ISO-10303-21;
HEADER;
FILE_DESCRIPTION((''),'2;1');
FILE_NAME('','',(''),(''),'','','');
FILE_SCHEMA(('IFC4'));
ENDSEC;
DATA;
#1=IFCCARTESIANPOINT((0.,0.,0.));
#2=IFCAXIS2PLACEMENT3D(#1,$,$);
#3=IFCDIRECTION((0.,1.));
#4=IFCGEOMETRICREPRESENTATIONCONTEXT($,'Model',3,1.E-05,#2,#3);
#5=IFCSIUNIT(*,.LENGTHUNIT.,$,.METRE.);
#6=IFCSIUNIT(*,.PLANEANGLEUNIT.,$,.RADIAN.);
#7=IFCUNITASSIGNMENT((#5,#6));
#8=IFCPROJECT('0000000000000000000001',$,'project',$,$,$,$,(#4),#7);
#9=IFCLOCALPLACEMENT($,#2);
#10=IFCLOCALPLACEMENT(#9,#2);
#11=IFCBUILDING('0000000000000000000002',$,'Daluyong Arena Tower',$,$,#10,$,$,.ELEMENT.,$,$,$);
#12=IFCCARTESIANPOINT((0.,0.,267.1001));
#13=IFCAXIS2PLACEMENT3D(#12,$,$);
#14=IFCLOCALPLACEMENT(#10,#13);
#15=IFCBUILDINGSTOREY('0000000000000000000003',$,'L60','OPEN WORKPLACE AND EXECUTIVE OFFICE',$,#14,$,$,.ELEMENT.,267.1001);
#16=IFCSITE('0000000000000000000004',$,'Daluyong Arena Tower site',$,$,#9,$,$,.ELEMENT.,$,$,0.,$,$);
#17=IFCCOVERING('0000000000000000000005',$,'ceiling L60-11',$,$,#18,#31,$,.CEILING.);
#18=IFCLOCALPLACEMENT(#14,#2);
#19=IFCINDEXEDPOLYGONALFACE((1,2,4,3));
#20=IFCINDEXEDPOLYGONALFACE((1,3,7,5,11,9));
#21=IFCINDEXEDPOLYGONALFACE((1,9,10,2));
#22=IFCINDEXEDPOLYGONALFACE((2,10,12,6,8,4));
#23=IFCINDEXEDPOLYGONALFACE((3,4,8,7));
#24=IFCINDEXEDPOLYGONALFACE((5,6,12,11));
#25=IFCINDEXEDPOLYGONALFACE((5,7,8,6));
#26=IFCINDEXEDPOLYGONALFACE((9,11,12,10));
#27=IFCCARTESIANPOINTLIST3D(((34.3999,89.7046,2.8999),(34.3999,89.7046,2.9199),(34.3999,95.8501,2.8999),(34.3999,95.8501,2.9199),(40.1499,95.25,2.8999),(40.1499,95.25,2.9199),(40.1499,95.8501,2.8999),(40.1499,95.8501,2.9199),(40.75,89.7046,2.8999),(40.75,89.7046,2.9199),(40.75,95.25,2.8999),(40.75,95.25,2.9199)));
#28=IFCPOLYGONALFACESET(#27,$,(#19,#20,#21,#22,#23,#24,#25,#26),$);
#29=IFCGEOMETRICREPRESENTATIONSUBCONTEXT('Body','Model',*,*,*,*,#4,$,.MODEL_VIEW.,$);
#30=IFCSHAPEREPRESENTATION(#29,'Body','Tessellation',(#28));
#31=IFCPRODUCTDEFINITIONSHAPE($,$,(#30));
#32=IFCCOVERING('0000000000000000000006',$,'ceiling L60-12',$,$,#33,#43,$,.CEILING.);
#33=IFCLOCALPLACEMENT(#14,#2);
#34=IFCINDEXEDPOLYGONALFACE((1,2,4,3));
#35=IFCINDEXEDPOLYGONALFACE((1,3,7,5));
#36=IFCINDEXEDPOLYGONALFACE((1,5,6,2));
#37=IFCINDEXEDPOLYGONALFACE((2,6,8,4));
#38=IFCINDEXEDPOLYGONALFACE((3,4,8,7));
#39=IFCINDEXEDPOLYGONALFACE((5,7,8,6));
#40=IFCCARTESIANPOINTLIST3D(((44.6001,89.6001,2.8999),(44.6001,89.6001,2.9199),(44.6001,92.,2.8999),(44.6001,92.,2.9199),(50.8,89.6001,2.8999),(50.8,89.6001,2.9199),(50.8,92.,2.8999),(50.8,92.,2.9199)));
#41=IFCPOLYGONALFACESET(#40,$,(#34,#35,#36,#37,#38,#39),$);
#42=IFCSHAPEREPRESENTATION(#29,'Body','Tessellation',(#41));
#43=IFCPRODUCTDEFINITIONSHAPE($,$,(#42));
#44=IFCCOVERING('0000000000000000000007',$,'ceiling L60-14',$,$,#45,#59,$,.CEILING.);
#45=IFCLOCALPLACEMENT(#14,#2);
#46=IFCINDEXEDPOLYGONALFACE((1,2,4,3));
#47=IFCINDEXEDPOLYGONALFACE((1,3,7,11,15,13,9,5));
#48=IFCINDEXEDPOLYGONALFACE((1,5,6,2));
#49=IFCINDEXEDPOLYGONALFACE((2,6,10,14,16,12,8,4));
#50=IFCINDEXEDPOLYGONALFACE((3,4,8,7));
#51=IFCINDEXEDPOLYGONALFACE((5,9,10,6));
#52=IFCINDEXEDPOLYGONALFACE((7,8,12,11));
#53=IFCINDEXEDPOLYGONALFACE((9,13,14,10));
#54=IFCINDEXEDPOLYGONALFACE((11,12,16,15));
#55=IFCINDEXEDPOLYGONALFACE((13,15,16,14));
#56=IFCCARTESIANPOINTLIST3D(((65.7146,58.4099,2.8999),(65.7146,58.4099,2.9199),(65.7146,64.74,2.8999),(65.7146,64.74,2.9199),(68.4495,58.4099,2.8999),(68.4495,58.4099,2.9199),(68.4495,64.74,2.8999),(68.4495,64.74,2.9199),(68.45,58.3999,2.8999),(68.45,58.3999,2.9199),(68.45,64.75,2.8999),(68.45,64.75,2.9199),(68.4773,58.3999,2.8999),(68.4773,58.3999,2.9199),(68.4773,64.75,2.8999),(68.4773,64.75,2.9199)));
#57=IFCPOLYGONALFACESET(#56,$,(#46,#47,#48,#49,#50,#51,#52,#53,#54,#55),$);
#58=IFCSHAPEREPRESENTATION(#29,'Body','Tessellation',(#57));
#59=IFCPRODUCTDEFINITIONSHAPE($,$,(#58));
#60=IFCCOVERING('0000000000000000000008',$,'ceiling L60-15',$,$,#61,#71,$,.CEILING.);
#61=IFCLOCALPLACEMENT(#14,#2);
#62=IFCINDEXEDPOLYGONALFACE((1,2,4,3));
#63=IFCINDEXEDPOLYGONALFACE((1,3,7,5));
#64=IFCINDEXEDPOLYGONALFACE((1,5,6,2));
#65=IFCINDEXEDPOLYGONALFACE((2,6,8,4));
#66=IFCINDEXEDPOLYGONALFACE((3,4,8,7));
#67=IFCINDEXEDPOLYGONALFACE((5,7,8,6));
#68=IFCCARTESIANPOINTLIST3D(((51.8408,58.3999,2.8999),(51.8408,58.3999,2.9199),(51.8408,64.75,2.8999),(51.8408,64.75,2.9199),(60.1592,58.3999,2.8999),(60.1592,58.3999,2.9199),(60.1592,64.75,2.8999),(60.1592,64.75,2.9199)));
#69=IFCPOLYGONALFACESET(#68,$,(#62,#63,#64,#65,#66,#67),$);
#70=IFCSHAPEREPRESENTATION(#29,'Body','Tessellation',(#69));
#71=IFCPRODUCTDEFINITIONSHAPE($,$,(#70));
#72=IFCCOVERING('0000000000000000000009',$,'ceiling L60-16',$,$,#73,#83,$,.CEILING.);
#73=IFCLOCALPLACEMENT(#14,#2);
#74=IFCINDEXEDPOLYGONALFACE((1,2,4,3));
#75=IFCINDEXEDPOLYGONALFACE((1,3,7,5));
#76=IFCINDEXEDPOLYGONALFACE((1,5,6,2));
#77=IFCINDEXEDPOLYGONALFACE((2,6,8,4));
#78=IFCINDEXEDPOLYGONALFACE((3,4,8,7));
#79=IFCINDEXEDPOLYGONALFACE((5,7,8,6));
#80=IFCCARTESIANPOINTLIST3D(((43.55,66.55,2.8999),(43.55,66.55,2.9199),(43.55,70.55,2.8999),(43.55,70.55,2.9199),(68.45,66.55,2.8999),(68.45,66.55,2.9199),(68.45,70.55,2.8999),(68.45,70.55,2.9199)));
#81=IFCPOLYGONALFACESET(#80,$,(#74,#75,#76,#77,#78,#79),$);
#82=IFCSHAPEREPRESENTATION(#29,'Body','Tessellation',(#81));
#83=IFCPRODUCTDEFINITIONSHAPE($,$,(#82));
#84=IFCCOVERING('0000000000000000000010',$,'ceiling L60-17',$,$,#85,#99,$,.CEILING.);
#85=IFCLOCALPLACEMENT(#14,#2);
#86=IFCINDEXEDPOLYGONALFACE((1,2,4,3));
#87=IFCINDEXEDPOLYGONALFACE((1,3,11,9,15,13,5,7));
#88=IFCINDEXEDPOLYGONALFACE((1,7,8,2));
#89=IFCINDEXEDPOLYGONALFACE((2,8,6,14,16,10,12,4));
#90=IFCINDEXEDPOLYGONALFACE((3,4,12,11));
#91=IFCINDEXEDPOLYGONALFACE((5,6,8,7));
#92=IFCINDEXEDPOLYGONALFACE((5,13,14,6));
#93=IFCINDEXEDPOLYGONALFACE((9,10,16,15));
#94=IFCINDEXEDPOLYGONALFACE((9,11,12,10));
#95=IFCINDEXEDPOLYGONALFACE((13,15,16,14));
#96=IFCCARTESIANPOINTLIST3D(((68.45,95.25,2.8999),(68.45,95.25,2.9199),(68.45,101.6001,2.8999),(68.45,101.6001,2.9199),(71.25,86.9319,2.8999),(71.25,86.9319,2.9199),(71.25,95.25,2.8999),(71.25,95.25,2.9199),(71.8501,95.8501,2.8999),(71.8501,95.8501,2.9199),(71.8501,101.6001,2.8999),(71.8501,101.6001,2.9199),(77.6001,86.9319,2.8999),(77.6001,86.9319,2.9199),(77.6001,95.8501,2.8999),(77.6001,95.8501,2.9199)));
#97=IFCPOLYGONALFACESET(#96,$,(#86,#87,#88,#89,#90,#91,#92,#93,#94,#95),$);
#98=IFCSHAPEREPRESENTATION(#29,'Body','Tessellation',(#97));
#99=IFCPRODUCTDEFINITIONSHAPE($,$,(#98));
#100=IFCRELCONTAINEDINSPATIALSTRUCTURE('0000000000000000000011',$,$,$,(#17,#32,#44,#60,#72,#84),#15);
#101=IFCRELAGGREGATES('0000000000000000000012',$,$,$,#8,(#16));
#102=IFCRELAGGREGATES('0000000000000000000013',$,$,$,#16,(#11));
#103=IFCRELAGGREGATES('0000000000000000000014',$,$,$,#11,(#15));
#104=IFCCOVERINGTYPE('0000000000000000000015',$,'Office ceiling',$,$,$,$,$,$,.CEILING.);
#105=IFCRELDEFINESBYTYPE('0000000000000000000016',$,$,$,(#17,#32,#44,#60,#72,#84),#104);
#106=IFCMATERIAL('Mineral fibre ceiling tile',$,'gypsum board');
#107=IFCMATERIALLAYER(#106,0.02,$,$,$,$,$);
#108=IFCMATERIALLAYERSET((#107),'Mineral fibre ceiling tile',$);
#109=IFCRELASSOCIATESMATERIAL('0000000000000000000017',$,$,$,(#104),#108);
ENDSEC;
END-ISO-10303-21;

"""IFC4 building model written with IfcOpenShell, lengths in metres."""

from ifc_helpers import new_model, si_unit, direction, frame, origin, place, context, subcontext, project, spatial, polyline, outline, extrude, material, layer, layer_set, type_object, element, save


model = new_model("IFC4")

# Units and contexts
model_context = context("Model", 3, precision=1e-05, world=origin(), true_north=direction((0.0, 1.0)))
body_context = subcontext(model_context, "Body", "Model", "MODEL_VIEW")
ifc_project = project(units=[si_unit("LENGTHUNIT", "METRE"), si_unit("PLANEANGLEUNIT", "RADIAN")], contexts=[model_context])

# Site, building, storey
site_placement = place(None, origin())
site = spatial("IfcSite", under=ifc_project, at=site_placement, Name="Daluyong Arena Tower site", CompositionType="ELEMENT", RefElevation=0.0)
building_placement = place(site_placement, origin())
building = spatial("IfcBuilding", under=site, at=building_placement, Name="Daluyong Arena Tower", CompositionType="ELEMENT")
storey_placement = place(building_placement, frame((0.0, 0.0, 267.1001)))
storey = spatial("IfcBuildingStorey", under=building, at=storey_placement, Name="L60", Description="OPEN WORKPLACE AND EXECUTIVE OFFICE", CompositionType="ELEMENT", Elevation=267.1001)

# Coverings
ifc_material_1 = material(Name="Mineral fibre ceiling tile", Category="gypsum board")
ifc_layer_1 = layer(ifc_material_1, 0.02)
ifc_layer_set_1 = layer_set([ifc_layer_1], Name="Mineral fibre ceiling tile")
covering_type = type_object("IfcCoveringType", Name="Office ceiling", PredefinedType="CEILING", material=ifc_layer_set_1)
covering_1_placement = place(storey_placement, frame((0.0, 0.0, 2.8999)))
element("IfcCovering", 1, at=covering_1_placement, inside=storey, type_object=covering_type, Name="ceiling L60-11", PredefinedType="CEILING", context=body_context, shape_type="SweptSolid", body=[
    extrude(outline(polyline([(40.75, 89.7046), (40.75, 95.25), (40.1499, 95.25), (40.1499, 95.8501), (34.3999, 95.8501), (34.3999, 89.7046), (40.75, 89.7046)])), origin(), (0.0, 0.0, 1.0), 0.02),
])
covering_2_placement = place(storey_placement, frame((0.0, 0.0, 2.8999)))
element("IfcCovering", 2, at=covering_2_placement, inside=storey, type_object=covering_type, Name="ceiling L60-12", PredefinedType="CEILING", context=body_context, shape_type="SweptSolid", body=[
    extrude(outline(polyline([(44.6001, 89.6001), (50.8, 89.6001), (50.8, 92.0), (44.6001, 92.0), (44.6001, 89.6001)])), origin(), (0.0, 0.0, 1.0), 0.02),
])
covering_3_placement = place(storey_placement, frame((0.0, 0.0, 2.8999)))
element("IfcCovering", 3, at=covering_3_placement, inside=storey, type_object=covering_type, Name="ceiling L60-14", PredefinedType="CEILING", context=body_context, shape_type="SweptSolid", body=[
    extrude(outline(polyline([(65.7146, 64.74), (65.7146, 58.4099), (68.4495, 58.4099), (68.45, 58.3999), (68.4773, 58.3999), (68.4773, 64.75), (68.45, 64.75), (68.4495, 64.74), (65.7146, 64.74)])), origin(), (0.0, 0.0, 1.0), 0.02),
])
covering_4_placement = place(storey_placement, frame((0.0, 0.0, 2.8999)))
element("IfcCovering", 4, at=covering_4_placement, inside=storey, type_object=covering_type, Name="ceiling L60-15", PredefinedType="CEILING", context=body_context, shape_type="SweptSolid", body=[
    extrude(outline(polyline([(51.8408, 58.3999), (60.1592, 58.3999), (60.1592, 64.75), (51.8408, 64.75), (51.8408, 58.3999)])), origin(), (0.0, 0.0, 1.0), 0.02),
])
covering_5_placement = place(storey_placement, frame((0.0, 0.0, 2.8999)))
element("IfcCovering", 5, at=covering_5_placement, inside=storey, type_object=covering_type, Name="ceiling L60-16", PredefinedType="CEILING", context=body_context, shape_type="SweptSolid", body=[
    extrude(outline(polyline([(68.45, 66.55), (68.45, 70.55), (43.55, 70.55), (43.55, 66.55), (68.45, 66.55)])), origin(), (0.0, 0.0, 1.0), 0.02),
])
covering_6_placement = place(storey_placement, frame((0.0, 0.0, 2.8999)))
element("IfcCovering", 6, at=covering_6_placement, inside=storey, type_object=covering_type, Name="ceiling L60-17", PredefinedType="CEILING", context=body_context, shape_type="SweptSolid", body=[
    extrude(outline(polyline([(71.8501, 101.6001), (68.45, 101.6001), (68.45, 95.25), (71.25, 95.25), (71.25, 86.9319), (77.6001, 86.9319), (77.6001, 95.8501), (71.8501, 95.8501), (71.8501, 101.6001)])), origin(), (0.0, 0.0, 1.0), 0.02),
])

save(model, "model.ifc")
